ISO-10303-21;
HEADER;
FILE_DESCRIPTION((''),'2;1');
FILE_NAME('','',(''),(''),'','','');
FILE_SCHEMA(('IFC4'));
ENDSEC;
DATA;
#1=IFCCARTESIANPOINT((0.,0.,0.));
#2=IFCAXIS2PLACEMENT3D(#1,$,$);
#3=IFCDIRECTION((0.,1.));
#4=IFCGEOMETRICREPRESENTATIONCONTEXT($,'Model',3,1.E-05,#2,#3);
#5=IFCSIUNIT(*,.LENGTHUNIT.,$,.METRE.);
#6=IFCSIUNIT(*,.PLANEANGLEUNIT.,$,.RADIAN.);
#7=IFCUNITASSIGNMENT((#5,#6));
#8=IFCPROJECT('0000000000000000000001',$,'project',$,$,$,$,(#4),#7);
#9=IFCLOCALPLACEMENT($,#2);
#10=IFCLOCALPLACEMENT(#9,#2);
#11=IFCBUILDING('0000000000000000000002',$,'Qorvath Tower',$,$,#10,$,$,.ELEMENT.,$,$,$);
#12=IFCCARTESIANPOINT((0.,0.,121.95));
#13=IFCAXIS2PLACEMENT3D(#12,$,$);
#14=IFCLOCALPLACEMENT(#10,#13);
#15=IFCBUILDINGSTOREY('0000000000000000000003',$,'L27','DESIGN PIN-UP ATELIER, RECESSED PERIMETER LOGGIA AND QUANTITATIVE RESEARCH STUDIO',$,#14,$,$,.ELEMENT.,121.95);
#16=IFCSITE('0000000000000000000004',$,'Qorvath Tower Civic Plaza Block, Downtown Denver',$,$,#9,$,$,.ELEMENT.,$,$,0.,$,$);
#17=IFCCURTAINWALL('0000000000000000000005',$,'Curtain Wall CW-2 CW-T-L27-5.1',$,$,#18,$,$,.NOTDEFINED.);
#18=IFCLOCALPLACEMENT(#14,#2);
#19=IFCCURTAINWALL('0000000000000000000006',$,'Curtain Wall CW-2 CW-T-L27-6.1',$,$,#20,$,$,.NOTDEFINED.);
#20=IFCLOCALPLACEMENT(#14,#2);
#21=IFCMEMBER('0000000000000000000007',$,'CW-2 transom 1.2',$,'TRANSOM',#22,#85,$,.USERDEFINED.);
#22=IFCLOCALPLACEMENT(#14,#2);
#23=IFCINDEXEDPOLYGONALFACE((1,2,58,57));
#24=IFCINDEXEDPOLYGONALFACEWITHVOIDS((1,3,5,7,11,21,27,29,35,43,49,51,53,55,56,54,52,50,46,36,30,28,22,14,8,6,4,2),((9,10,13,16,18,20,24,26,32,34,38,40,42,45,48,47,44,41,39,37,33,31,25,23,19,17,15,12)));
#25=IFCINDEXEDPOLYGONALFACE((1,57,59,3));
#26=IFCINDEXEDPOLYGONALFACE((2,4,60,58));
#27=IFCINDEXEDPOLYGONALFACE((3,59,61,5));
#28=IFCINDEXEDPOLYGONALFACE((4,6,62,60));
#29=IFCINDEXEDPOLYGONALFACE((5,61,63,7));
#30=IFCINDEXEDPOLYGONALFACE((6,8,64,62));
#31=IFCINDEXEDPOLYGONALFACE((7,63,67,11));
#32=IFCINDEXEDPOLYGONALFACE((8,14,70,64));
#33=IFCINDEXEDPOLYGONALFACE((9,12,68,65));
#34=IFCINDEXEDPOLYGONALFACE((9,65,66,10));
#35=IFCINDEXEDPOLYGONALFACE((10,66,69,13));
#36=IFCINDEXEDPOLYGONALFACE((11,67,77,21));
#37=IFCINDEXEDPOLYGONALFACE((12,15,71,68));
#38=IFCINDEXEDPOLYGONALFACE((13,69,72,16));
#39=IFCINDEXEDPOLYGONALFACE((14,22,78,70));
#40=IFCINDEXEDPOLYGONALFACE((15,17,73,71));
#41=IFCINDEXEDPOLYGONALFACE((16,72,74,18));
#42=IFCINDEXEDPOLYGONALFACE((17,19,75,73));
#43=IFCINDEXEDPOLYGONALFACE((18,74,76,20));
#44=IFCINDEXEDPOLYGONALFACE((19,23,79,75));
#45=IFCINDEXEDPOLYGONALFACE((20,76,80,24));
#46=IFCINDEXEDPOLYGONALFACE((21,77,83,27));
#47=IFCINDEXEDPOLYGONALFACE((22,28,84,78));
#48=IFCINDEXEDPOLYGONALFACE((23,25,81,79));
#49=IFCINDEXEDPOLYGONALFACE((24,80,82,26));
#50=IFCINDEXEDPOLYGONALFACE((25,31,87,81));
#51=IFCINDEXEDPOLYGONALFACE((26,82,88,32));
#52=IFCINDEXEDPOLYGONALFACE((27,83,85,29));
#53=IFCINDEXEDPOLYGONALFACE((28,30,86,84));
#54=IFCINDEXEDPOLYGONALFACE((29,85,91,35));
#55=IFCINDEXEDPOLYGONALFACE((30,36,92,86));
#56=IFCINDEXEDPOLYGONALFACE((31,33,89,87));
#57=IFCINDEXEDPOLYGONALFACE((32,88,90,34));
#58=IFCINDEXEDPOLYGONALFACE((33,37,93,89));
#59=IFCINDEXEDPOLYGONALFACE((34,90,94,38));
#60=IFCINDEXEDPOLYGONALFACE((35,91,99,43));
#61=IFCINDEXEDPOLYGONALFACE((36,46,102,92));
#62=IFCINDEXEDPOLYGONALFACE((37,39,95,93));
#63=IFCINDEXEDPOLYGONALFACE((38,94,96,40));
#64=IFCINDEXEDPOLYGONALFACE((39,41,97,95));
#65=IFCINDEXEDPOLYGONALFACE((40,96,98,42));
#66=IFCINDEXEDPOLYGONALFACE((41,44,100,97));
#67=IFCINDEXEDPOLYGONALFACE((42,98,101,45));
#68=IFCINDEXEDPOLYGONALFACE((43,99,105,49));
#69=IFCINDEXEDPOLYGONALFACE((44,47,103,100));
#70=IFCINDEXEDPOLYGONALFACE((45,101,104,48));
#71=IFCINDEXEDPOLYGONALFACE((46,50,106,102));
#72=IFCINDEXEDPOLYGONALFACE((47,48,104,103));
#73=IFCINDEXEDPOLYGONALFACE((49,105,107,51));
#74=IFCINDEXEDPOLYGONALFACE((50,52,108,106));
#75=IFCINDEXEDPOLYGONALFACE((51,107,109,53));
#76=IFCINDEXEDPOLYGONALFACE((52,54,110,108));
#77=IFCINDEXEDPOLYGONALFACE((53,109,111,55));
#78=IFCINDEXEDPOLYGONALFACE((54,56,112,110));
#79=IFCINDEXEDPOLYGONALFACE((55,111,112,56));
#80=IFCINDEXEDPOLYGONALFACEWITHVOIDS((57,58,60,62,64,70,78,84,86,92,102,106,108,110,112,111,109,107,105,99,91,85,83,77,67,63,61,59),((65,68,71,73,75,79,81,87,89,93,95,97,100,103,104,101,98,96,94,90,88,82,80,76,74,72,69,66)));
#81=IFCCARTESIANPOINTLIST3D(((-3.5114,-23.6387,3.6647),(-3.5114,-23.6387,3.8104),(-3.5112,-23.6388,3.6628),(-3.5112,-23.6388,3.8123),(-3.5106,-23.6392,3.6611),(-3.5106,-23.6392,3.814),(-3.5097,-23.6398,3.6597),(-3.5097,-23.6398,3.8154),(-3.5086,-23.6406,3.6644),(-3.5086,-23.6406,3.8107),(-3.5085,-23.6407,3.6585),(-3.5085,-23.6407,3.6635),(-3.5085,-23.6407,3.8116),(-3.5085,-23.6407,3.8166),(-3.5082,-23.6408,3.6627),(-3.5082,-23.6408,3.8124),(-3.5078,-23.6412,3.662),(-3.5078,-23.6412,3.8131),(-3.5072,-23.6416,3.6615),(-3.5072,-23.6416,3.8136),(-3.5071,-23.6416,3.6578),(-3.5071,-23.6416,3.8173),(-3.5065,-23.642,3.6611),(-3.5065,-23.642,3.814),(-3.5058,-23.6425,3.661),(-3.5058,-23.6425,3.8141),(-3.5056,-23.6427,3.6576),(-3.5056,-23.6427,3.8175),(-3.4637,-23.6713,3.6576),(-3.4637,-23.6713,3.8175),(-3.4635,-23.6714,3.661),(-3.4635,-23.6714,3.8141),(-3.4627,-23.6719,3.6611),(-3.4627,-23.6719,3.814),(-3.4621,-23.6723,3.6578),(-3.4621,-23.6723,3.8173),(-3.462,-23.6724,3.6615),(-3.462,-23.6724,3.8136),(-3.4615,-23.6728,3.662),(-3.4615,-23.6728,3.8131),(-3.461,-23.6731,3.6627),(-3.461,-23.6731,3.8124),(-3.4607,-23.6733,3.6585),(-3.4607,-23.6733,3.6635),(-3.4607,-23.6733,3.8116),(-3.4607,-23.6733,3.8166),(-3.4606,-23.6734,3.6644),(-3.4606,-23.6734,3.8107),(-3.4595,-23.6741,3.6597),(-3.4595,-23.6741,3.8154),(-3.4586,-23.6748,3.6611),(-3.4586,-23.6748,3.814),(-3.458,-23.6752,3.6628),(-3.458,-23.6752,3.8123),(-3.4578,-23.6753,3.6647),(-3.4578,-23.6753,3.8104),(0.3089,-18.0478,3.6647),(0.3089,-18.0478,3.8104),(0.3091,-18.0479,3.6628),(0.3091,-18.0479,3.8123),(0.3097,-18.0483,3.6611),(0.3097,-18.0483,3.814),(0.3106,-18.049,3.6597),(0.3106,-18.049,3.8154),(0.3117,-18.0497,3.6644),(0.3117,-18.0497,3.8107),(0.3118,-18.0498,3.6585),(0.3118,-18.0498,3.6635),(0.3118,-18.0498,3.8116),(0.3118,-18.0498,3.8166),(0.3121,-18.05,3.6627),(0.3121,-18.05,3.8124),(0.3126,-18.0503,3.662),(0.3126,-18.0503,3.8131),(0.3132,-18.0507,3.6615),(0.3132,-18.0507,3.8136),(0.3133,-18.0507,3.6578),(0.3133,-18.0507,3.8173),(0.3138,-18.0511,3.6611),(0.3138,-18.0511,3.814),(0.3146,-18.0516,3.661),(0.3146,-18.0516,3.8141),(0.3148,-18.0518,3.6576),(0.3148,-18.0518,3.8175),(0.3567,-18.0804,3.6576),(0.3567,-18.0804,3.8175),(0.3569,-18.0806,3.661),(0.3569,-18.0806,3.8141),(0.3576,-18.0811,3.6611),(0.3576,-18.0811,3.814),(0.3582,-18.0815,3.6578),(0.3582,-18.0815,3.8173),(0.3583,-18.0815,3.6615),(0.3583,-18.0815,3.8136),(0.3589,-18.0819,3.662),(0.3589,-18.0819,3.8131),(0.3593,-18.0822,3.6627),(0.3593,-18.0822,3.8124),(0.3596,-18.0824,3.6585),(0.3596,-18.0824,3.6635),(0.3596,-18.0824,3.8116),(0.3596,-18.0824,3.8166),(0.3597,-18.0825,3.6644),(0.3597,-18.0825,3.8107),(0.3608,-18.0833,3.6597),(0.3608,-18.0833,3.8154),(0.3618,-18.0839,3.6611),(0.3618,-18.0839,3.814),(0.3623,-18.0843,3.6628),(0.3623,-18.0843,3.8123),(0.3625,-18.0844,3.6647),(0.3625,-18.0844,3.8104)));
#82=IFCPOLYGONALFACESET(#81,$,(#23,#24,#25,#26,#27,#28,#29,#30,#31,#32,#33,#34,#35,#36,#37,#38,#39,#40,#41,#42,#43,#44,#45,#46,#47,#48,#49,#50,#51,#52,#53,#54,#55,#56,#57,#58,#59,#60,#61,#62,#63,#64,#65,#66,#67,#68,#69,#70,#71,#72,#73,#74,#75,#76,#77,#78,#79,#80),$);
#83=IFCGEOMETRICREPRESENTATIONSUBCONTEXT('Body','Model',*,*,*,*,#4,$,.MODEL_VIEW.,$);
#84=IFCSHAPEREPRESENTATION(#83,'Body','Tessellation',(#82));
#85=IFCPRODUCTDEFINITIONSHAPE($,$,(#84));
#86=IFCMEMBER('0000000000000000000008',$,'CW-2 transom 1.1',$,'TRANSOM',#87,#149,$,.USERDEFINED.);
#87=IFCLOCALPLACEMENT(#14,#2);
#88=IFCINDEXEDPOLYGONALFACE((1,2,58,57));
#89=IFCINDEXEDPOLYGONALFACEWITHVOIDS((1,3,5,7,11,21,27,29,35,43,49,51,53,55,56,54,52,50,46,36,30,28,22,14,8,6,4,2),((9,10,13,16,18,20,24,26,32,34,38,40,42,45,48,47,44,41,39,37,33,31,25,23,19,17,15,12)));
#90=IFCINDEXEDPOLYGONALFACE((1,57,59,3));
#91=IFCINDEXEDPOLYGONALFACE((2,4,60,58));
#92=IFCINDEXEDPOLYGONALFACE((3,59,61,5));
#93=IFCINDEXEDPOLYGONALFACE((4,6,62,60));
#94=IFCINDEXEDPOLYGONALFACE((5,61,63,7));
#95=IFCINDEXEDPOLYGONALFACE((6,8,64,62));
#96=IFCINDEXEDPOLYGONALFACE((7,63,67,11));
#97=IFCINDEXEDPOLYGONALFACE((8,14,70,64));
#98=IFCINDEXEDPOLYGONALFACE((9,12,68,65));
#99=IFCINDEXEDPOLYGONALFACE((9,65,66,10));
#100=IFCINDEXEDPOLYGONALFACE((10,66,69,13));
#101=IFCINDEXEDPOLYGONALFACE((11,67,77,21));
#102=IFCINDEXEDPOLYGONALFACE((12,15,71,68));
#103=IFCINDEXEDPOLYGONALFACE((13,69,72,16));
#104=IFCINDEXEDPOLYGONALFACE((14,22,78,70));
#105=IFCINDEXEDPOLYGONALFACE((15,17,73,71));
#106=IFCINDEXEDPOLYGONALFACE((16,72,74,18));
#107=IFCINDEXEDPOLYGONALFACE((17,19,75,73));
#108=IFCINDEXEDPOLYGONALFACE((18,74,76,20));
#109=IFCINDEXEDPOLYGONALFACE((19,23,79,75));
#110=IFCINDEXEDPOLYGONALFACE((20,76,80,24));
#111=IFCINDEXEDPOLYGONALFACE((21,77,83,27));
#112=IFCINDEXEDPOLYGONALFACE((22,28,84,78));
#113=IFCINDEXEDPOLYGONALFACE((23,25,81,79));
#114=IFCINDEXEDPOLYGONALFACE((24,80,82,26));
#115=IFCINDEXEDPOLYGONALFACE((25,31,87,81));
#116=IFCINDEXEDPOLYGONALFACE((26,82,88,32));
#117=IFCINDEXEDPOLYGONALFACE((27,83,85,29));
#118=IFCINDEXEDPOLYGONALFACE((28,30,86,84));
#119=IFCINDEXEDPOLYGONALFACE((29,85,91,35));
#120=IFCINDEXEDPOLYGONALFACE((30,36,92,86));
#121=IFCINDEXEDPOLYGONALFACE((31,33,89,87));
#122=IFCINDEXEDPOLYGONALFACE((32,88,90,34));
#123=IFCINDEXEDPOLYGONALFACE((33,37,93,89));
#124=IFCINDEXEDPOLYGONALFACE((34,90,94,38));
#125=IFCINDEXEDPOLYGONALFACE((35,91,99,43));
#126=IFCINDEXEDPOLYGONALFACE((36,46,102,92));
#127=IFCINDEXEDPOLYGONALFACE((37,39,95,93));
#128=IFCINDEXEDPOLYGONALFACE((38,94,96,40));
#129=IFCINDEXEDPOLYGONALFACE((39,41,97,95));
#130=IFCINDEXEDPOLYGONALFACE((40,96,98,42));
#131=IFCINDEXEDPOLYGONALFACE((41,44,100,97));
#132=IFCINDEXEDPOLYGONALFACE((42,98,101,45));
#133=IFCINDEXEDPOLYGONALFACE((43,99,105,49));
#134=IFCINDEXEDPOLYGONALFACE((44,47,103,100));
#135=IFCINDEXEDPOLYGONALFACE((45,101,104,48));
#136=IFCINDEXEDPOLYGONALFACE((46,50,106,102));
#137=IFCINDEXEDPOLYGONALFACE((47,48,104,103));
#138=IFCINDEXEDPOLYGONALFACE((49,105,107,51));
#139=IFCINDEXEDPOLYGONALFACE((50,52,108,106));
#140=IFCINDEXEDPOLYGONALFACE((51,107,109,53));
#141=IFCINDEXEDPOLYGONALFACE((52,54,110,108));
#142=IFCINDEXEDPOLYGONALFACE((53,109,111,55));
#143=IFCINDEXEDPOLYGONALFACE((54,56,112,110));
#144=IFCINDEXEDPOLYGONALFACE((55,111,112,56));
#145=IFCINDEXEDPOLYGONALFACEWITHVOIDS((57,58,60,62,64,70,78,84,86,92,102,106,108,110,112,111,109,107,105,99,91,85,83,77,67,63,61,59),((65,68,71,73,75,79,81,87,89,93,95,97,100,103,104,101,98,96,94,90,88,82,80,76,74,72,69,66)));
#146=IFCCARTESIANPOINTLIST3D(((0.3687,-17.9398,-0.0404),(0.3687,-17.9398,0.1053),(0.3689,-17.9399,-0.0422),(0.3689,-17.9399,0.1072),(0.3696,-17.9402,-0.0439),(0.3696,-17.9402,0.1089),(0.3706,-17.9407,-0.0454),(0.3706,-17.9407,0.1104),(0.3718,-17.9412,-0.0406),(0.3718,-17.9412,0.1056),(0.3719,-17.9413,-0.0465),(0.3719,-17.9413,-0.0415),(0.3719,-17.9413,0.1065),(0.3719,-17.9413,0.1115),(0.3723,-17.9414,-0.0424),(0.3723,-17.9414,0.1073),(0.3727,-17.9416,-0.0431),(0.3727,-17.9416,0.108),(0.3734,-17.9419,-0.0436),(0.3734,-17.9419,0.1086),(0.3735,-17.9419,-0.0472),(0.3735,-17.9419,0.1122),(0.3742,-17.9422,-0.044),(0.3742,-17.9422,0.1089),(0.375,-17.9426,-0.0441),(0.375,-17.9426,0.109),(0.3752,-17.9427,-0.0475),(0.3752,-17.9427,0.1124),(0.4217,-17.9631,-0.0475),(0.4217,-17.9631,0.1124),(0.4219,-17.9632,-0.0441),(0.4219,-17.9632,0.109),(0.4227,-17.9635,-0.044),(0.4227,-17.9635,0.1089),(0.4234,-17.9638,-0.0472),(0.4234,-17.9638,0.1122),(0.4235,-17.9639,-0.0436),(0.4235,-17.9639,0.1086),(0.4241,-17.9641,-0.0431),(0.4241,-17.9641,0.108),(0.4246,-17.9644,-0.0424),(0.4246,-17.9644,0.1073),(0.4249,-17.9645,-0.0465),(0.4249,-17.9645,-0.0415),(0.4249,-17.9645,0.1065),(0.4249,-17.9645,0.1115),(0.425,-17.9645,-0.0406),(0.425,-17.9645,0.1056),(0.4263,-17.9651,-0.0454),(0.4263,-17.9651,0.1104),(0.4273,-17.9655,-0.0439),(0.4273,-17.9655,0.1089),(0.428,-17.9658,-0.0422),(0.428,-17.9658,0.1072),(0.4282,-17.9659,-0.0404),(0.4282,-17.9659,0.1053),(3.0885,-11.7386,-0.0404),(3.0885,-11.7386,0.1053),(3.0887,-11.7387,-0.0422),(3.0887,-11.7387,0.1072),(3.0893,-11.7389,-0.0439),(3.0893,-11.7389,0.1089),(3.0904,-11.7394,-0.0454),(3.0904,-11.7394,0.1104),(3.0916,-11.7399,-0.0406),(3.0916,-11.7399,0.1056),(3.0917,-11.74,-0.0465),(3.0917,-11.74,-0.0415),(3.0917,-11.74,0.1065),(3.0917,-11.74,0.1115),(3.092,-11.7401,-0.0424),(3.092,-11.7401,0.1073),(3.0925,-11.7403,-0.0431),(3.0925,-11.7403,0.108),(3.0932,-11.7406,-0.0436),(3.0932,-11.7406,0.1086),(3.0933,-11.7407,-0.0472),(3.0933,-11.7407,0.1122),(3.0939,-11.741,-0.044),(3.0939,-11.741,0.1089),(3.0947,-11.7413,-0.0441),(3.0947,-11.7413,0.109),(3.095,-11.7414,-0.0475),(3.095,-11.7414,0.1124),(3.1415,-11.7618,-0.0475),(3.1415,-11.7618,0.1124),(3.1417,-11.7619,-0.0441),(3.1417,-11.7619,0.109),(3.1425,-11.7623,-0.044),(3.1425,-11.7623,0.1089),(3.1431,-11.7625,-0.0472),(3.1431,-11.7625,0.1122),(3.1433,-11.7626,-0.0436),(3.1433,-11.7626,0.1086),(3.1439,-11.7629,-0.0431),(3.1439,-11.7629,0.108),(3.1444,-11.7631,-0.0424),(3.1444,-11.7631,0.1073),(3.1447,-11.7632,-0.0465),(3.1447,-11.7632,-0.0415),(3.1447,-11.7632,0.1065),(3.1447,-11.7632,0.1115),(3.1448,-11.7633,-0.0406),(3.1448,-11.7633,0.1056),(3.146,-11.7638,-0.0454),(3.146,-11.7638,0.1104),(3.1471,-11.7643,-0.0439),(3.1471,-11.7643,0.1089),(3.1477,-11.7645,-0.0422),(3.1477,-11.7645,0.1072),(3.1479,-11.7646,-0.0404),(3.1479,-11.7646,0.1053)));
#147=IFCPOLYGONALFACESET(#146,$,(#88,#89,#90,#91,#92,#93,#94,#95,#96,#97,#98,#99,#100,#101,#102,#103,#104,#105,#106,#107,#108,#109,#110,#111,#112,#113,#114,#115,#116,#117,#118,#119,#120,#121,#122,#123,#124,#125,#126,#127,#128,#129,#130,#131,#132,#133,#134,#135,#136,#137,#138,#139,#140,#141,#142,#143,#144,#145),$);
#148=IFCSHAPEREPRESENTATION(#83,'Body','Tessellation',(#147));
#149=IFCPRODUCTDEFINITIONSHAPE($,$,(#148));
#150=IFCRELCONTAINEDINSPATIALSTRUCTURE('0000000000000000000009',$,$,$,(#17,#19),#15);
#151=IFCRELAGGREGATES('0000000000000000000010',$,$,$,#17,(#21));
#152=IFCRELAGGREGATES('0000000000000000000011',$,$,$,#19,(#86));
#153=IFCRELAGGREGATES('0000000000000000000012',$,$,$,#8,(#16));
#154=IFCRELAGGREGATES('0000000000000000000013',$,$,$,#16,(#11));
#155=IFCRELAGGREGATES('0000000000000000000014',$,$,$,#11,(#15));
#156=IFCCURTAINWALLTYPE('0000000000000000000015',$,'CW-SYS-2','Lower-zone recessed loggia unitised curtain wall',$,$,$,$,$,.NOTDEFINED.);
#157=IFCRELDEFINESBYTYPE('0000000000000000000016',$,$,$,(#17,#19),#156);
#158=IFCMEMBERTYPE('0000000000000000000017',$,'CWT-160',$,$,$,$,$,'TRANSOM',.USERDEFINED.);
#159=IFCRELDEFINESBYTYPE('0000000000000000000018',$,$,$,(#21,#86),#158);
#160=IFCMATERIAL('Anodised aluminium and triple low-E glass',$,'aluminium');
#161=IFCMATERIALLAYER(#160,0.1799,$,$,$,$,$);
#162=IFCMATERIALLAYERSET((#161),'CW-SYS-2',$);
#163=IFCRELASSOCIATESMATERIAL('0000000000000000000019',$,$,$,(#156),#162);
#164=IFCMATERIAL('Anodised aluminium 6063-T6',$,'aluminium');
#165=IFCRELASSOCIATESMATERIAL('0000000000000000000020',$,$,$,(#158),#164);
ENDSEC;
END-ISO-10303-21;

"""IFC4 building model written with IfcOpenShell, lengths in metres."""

from ifc_helpers import new_model, si_unit, direction, frame, origin, origin_2d, place, context, subcontext, project, spatial, hollow_rectangle, extrude, material, layer, layer_set, material_profile, profile_set, type_object, element, aggregate, save


model = new_model("IFC4")

# Units and contexts
model_context = context("Model", 3, precision=1e-05, world=origin(), true_north=direction((0.0, 1.0)))
body_context = subcontext(model_context, "Body", "Model", "MODEL_VIEW")
ifc_project = project(units=[si_unit("LENGTHUNIT", "METRE"), si_unit("PLANEANGLEUNIT", "RADIAN")], contexts=[model_context])

# Site, building, storey
site_placement = place(None, origin())
site = spatial("IfcSite", under=ifc_project, at=site_placement, Name="Qorvath Tower Civic Plaza Block, Downtown Denver", CompositionType="ELEMENT", RefElevation=0.0)
building_placement = place(site_placement, origin())
building = spatial("IfcBuilding", under=site, at=building_placement, Name="Qorvath Tower", CompositionType="ELEMENT")
storey_placement = place(building_placement, frame((0.0, 0.0, 121.95)))
storey = spatial("IfcBuildingStorey", under=building, at=storey_placement, Name="L27", Description="DESIGN PIN-UP ATELIER, RECESSED PERIMETER LOGGIA AND QUANTITATIVE RESEARCH STUDIO", CompositionType="ELEMENT", Elevation=121.95)

# Shared definitions
ifc_material_1 = material(Name="Anodised aluminium and triple low-E glass", Category="aluminium")
ifc_layer_1 = layer(ifc_material_1, 0.1799)
ifc_layer_set_1 = layer_set([ifc_layer_1], Name="CW-SYS-2")
curtain_wall_type = type_object("IfcCurtainWallType", Name="CW-SYS-2", Description="Lower-zone recessed loggia unitised curtain wall", PredefinedType="NOTDEFINED", material=ifc_layer_set_1)

# Curtain walls
curtain_wall_1_placement = place(storey_placement, origin())
curtain_wall_1 = element("IfcCurtainWall", 1, at=curtain_wall_1_placement, inside=storey, type_object=curtain_wall_type, Name="Curtain Wall CW-2 CW-T-L27-5.1", PredefinedType="NOTDEFINED")
curtain_wall_2_placement = place(storey_placement, origin())
curtain_wall_2 = element("IfcCurtainWall", 2, at=curtain_wall_2_placement, inside=storey, type_object=curtain_wall_type, Name="Curtain Wall CW-2 CW-T-L27-6.1", PredefinedType="NOTDEFINED")

# Members
ifc_material_2 = material(Name="Anodised aluminium 6063-T6", Category="aluminium")
ifc_material_profile_1 = material_profile(ifc_material_2, hollow_rectangle(XDim=0.0649, YDim=0.1599, WallThickness=0.0034, InnerFilletRadius=0.0034, OuterFilletRadius=0.0071, at=origin_2d()), Name="CWT 160x65")
ifc_profile_set_1 = profile_set([ifc_material_profile_1], Name="Anodised aluminium 6063-T6")
member_type_1 = type_object("IfcMemberType", Name="CWT-160", ElementType="TRANSOM", PredefinedType="USERDEFINED", material=ifc_profile_set_1)
member_1_placement = place(storey_placement, frame((-3.4846, -23.657, 3.7375), z_axis=(0.564182, 0.82565, 0.0), x_axis=(-0.82565, 0.564182, 0.0)))
member_1 = element("IfcMember", 3, at=member_1_placement, type_object=member_type_1, Name="CW-2 transom 1.2", ObjectType="TRANSOM", PredefinedType="USERDEFINED", context=body_context, shape_type="SweptSolid", body=[
    extrude(hollow_rectangle(XDim=0.0649, YDim=0.1599, WallThickness=0.0034, InnerFilletRadius=0.0034, OuterFilletRadius=0.0071, at=origin_2d()), origin(), (0.0, 0.0, 1.0), 6.7715),
])
member_2_placement = place(storey_placement, frame((0.3984, -17.9529, 0.0325), z_axis=(0.401651, 0.915793, 0.0), x_axis=(-0.915793, 0.401651, 0.0)))
member_2 = element("IfcMember", 4, at=member_2_placement, type_object=member_type_1, Name="CW-2 transom 1.1", ObjectType="TRANSOM", PredefinedType="USERDEFINED", context=body_context, shape_type="SweptSolid", body=[
    extrude(hollow_rectangle(XDim=0.0649, YDim=0.1599, WallThickness=0.0034, InnerFilletRadius=0.0034, OuterFilletRadius=0.0071, at=origin_2d()), origin(), (0.0, 0.0, 1.0), 6.7715),
])

aggregate(curtain_wall_1, [member_1])
aggregate(curtain_wall_2, [member_2])

save(model, "model.ifc")
